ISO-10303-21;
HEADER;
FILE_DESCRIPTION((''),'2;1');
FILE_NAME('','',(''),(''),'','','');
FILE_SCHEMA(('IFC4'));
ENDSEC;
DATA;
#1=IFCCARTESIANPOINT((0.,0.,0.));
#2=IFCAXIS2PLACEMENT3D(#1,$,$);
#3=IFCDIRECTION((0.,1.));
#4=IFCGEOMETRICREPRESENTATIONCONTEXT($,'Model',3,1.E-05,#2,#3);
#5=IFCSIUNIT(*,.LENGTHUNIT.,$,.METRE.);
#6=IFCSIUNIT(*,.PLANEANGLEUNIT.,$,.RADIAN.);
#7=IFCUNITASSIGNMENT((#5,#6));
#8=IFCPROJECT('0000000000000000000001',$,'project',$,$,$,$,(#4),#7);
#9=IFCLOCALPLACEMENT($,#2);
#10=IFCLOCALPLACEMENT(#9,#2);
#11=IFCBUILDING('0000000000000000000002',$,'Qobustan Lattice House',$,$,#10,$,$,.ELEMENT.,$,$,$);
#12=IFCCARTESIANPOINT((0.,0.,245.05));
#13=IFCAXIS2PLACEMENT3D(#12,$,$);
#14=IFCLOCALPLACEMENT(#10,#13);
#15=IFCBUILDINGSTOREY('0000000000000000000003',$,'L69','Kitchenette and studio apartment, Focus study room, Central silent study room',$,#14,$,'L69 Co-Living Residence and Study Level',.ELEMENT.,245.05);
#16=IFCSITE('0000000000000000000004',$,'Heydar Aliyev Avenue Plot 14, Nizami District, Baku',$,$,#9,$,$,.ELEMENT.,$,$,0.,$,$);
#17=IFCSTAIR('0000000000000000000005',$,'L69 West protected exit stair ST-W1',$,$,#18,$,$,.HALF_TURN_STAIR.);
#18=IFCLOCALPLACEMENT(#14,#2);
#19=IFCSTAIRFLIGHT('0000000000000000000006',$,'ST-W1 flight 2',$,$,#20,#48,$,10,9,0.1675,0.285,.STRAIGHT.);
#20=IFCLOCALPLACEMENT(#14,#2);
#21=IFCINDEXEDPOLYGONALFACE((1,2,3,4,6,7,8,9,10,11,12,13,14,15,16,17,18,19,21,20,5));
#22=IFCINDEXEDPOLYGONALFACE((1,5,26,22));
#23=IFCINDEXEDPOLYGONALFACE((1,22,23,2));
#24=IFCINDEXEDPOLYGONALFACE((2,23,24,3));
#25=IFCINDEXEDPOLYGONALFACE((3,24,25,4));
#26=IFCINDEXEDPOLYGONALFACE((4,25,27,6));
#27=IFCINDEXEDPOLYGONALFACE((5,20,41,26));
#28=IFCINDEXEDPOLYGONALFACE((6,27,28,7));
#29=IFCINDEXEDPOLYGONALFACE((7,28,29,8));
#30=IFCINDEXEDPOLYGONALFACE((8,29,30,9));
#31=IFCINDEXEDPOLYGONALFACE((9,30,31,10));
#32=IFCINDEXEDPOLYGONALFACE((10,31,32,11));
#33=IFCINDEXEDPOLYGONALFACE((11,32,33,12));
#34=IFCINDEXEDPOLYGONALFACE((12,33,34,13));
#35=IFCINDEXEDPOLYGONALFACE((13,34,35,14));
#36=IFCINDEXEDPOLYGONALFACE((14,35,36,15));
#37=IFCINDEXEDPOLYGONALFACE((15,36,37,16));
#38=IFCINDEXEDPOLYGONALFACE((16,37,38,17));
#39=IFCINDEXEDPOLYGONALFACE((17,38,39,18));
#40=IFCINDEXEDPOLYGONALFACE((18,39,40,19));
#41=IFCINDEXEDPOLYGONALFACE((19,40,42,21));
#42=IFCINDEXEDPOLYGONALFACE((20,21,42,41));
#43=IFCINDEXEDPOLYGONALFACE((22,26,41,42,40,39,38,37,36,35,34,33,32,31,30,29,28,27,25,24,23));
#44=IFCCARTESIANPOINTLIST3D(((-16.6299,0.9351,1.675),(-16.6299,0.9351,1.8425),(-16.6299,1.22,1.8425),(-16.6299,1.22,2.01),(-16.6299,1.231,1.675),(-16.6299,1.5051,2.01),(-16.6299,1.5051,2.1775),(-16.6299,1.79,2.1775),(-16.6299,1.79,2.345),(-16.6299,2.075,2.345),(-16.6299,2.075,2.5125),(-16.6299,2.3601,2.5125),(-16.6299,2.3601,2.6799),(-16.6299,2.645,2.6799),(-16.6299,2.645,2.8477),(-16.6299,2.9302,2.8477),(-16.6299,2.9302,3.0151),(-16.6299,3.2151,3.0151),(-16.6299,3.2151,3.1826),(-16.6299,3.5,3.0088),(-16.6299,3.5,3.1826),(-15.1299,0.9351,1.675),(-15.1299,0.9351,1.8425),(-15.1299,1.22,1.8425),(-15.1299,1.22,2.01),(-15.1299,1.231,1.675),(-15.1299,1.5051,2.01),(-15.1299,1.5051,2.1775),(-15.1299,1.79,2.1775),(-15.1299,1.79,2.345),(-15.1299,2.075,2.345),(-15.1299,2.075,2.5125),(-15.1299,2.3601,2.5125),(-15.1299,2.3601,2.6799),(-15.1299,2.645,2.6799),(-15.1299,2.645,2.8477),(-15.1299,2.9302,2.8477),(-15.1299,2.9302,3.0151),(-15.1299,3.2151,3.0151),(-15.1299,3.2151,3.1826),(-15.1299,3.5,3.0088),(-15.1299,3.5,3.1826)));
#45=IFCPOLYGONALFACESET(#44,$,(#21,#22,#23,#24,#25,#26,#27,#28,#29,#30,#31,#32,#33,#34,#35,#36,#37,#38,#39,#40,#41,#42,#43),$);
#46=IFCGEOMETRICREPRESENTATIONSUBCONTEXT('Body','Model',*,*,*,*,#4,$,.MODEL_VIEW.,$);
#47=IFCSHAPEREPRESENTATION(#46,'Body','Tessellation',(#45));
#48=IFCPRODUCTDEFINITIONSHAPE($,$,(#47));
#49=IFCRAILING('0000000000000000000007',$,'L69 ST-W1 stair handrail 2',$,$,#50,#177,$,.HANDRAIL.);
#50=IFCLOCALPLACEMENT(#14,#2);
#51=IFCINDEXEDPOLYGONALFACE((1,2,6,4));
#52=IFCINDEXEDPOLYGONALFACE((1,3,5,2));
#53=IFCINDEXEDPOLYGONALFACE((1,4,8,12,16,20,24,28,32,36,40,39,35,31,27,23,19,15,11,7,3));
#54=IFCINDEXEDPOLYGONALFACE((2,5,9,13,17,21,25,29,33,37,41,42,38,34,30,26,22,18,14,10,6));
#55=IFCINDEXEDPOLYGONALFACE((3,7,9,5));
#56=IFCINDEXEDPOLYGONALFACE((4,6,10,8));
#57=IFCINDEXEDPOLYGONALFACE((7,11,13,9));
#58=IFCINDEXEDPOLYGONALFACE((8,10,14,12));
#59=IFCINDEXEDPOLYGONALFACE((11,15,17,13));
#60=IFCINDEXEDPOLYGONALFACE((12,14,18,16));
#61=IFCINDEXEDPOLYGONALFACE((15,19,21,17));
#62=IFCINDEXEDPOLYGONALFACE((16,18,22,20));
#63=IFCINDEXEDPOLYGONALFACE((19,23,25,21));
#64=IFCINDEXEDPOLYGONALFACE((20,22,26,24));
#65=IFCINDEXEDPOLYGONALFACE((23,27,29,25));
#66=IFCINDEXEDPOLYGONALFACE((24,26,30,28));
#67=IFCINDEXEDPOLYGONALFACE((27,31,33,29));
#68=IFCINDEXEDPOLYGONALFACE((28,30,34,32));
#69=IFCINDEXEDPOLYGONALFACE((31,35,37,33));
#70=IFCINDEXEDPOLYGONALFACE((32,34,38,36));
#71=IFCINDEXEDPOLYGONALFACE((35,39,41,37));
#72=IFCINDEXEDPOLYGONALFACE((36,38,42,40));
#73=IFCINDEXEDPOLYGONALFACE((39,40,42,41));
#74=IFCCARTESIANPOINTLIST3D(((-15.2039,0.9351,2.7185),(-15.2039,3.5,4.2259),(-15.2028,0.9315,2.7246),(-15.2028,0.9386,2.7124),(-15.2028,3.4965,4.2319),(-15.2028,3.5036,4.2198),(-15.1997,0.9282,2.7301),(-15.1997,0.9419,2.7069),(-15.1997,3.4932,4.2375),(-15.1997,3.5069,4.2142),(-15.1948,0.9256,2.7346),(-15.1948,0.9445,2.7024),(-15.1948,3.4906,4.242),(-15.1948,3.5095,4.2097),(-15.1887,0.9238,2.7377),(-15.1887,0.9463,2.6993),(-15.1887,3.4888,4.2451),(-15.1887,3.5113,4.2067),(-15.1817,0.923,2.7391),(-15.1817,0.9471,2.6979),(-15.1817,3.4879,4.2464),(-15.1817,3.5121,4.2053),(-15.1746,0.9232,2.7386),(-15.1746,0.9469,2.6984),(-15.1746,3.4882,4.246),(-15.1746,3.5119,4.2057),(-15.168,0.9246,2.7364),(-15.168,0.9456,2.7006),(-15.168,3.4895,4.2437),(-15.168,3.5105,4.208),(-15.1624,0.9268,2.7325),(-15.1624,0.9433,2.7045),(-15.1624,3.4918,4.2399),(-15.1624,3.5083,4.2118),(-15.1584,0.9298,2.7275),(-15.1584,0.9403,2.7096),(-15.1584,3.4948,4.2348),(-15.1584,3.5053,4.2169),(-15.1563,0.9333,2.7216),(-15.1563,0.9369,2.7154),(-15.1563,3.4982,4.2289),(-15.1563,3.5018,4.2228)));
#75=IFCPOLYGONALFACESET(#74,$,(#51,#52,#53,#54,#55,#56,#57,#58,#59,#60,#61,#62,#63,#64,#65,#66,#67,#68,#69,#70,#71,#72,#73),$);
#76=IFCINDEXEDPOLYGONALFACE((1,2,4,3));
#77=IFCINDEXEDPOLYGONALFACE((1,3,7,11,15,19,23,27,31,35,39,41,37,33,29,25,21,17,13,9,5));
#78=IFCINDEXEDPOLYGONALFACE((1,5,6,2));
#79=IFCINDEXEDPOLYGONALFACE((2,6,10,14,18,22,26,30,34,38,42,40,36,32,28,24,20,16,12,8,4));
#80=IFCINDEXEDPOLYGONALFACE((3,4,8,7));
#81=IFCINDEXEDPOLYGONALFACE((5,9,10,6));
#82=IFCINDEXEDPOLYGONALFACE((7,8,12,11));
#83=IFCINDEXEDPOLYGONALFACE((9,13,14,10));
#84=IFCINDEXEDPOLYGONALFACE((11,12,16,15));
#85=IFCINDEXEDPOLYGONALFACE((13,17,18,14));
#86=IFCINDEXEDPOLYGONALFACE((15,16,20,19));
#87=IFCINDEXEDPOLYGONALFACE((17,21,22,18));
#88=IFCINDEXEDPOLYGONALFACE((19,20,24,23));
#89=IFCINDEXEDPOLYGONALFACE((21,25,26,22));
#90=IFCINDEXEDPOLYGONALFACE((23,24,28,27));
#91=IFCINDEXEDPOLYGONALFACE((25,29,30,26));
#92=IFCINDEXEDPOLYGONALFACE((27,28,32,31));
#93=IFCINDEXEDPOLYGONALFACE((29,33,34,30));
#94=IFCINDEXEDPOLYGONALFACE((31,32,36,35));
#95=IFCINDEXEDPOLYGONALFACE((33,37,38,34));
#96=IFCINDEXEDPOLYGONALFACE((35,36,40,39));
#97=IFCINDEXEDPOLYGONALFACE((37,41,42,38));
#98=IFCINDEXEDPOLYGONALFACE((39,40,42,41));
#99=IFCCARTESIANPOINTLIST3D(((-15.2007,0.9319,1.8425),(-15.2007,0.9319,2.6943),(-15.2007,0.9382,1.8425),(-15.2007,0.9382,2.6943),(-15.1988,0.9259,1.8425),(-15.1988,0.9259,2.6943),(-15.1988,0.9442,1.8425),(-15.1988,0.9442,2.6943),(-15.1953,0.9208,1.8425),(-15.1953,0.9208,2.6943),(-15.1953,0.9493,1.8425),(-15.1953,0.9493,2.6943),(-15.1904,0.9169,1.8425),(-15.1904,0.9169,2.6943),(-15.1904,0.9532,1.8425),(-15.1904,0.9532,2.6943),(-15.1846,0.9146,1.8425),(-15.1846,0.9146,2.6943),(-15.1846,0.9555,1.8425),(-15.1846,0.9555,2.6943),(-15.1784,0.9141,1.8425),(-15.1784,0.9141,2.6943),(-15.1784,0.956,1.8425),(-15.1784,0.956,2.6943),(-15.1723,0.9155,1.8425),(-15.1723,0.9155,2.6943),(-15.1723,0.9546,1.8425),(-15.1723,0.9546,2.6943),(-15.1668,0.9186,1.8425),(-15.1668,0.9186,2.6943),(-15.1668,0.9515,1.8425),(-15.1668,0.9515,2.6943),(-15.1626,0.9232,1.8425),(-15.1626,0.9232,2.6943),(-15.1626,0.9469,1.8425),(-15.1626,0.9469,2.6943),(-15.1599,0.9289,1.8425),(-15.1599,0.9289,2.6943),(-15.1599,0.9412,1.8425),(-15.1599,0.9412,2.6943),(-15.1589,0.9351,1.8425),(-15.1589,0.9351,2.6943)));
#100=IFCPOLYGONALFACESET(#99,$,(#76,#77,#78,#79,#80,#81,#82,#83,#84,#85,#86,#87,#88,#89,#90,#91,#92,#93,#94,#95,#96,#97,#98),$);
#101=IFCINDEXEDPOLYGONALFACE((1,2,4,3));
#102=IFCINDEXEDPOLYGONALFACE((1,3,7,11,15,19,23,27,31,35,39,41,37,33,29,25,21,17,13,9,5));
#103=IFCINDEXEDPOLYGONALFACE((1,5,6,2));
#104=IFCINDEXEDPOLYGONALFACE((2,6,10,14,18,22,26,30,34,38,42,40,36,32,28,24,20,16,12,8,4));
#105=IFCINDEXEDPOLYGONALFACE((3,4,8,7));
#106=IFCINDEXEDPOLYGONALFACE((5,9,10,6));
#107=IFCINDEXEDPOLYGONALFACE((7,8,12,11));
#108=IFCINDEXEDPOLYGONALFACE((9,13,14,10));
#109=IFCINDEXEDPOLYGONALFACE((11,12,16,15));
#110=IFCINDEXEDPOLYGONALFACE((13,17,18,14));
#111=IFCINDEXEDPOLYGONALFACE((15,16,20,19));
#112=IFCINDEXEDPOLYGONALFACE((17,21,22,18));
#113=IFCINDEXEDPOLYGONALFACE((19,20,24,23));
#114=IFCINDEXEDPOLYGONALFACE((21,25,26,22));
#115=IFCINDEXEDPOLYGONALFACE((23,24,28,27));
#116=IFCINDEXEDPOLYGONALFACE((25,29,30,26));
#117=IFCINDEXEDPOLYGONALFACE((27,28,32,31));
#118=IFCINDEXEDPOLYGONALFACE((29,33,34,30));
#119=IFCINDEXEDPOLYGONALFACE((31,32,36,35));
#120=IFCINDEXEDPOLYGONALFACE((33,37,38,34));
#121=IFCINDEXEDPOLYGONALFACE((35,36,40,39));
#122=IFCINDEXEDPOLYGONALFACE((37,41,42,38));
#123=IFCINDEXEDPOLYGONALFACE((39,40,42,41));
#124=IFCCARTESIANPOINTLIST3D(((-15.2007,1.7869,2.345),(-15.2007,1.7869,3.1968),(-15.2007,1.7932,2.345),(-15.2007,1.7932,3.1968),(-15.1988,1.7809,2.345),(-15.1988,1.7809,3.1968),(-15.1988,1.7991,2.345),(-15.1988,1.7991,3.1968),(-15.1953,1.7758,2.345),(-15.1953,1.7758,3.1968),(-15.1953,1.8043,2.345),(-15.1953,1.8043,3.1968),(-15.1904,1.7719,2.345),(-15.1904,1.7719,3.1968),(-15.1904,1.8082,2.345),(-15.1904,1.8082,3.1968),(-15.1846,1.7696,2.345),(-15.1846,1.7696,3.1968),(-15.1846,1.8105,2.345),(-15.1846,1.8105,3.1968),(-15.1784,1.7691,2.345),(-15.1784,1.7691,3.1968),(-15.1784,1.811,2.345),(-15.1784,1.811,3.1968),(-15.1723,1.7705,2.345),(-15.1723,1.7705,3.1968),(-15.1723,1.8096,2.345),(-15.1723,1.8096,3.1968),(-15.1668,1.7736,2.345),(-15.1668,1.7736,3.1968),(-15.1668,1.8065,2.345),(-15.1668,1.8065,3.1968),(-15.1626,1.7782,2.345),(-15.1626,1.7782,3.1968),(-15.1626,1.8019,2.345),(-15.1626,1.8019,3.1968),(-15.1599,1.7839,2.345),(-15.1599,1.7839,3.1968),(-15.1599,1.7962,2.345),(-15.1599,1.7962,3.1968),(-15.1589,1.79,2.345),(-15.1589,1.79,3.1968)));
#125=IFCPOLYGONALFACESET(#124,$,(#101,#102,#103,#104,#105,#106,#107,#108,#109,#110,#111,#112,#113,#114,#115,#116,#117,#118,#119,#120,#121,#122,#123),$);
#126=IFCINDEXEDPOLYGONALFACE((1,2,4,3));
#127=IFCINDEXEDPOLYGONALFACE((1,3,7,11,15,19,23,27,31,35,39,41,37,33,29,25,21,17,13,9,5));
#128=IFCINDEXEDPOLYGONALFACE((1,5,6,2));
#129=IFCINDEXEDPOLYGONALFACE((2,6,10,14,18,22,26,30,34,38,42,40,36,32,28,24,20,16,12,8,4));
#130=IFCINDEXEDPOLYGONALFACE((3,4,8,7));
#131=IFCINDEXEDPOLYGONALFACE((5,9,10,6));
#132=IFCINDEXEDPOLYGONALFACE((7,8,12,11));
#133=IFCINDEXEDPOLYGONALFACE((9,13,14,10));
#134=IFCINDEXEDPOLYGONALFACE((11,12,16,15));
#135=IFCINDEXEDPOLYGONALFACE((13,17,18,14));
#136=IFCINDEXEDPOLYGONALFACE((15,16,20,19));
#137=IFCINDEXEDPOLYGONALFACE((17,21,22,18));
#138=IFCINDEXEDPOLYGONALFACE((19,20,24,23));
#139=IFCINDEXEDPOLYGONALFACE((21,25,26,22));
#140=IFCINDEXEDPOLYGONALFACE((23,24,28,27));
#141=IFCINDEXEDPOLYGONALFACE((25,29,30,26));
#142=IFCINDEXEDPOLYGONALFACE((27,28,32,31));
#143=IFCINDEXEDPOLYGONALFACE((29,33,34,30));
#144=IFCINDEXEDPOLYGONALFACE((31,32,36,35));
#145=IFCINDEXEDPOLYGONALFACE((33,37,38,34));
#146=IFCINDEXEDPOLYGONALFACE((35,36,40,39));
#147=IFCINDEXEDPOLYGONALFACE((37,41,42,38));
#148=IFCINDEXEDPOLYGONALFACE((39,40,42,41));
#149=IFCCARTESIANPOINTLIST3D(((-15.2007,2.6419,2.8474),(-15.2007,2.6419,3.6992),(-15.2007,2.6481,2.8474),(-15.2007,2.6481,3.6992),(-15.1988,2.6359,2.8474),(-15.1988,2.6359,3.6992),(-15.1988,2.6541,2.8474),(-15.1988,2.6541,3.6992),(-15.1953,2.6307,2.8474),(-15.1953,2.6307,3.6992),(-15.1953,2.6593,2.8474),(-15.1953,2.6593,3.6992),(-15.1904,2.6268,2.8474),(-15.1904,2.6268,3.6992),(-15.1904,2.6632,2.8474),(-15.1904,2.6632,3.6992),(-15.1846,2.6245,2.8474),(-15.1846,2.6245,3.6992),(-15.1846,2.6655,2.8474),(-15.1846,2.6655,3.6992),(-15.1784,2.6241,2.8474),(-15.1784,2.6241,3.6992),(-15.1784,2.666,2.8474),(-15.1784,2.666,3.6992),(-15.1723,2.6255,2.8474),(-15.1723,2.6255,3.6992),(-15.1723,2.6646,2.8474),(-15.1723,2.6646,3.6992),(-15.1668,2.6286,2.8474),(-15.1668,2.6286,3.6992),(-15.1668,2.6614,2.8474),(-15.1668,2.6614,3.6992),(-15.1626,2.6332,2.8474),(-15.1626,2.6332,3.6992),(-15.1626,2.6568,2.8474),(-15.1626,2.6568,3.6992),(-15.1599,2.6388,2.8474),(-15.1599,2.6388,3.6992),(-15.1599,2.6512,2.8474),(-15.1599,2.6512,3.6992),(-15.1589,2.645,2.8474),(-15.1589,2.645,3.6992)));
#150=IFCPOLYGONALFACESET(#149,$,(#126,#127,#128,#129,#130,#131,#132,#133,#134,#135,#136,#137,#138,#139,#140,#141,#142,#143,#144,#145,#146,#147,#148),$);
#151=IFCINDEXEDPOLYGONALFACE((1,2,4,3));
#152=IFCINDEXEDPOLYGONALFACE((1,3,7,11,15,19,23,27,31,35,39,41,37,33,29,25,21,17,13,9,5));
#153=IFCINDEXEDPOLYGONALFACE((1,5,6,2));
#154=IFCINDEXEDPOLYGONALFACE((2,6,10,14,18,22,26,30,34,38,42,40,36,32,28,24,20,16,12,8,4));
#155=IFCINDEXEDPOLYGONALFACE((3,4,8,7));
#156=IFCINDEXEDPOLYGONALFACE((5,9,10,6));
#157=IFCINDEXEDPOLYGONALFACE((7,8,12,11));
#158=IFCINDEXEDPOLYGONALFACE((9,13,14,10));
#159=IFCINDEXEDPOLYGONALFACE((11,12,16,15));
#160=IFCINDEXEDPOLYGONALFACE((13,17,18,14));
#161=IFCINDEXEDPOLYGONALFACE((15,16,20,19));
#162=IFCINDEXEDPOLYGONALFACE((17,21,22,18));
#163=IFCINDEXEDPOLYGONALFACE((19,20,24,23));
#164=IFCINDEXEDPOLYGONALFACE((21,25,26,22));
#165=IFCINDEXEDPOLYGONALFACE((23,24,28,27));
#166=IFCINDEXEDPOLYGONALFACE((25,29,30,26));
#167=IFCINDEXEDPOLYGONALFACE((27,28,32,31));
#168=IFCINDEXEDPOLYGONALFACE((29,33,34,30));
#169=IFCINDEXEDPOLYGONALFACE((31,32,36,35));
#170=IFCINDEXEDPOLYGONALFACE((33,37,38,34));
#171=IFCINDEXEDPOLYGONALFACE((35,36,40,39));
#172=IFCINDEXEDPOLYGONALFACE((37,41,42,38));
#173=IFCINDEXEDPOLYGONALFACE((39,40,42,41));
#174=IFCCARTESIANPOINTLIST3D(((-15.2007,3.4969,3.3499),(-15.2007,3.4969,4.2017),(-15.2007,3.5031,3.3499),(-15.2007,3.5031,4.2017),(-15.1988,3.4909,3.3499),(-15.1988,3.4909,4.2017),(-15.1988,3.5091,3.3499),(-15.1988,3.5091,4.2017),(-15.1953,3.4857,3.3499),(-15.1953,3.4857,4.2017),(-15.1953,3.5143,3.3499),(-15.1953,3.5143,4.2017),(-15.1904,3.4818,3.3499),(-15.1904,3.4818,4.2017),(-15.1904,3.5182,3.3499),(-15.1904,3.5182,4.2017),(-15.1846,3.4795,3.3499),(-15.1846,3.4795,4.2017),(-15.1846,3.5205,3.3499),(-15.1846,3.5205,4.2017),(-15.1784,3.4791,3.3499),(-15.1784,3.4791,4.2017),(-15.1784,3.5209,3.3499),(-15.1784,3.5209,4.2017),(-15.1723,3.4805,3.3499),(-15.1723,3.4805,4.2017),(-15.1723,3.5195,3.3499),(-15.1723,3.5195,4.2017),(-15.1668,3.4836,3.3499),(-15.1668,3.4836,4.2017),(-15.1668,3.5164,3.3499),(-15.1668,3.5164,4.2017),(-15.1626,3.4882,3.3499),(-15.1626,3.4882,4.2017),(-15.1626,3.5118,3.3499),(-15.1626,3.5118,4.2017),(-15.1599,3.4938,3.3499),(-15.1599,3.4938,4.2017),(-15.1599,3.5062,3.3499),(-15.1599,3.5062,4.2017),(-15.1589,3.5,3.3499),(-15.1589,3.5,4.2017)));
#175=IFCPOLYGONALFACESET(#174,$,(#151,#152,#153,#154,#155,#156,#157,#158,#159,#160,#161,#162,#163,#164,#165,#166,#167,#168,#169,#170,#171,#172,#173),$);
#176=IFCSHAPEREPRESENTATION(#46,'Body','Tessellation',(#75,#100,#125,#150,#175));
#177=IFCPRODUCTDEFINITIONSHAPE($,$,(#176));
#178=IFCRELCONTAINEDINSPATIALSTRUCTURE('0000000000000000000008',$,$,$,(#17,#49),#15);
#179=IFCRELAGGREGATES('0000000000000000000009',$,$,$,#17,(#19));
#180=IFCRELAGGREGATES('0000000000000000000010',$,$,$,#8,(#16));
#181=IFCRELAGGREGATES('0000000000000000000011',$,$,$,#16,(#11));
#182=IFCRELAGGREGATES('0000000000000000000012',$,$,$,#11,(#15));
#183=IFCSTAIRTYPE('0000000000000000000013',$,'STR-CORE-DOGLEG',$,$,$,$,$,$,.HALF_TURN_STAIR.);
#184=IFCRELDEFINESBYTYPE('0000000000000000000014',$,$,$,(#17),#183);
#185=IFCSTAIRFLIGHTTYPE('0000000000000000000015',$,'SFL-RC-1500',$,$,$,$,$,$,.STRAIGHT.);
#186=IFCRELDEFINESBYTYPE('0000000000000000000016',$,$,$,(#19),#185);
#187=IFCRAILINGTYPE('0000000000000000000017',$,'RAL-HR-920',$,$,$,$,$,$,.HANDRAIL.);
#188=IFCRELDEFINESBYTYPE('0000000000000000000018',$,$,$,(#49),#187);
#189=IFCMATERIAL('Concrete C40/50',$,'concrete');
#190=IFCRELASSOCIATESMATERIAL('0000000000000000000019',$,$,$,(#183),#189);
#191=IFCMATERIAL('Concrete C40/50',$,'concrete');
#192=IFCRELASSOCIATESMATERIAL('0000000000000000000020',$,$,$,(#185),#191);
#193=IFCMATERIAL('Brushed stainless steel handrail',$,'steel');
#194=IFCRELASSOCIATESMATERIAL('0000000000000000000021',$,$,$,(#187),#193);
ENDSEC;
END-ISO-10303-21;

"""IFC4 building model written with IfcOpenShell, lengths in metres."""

from ifc_helpers import new_model, si_unit, direction, frame, origin, origin_2d, place, context, subcontext, project, spatial, polyline, circle, outline, extrude, material, type_object, element, aggregate, save


model = new_model("IFC4")

# Units and contexts
model_context = context("Model", 3, precision=1e-05, world=origin(), true_north=direction((0.0, 1.0)))
body_context = subcontext(model_context, "Body", "Model", "MODEL_VIEW")
ifc_project = project(units=[si_unit("LENGTHUNIT", "METRE"), si_unit("PLANEANGLEUNIT", "RADIAN")], contexts=[model_context])

# Site, building, storey
site_placement = place(None, origin())
site = spatial("IfcSite", under=ifc_project, at=site_placement, Name="Heydar Aliyev Avenue Plot 14, Nizami District, Baku", CompositionType="ELEMENT", RefElevation=0.0)
building_placement = place(site_placement, origin())
building = spatial("IfcBuilding", under=site, at=building_placement, Name="Qobustan Lattice House", CompositionType="ELEMENT")
storey_placement = place(building_placement, frame((0.0, 0.0, 245.05)))
storey = spatial("IfcBuildingStorey", under=building, at=storey_placement, Name="L69", Description="Kitchenette and studio apartment, Focus study room, Central silent study room", LongName="L69 Co-Living Residence and Study Level", CompositionType="ELEMENT", Elevation=245.05)

# Stair, stair flight
ifc_material_1 = material(Name="Concrete C40/50", Category="concrete")
stair_type = type_object("IfcStairType", Name="STR-CORE-DOGLEG", PredefinedType="HALF_TURN_STAIR", material=ifc_material_1)
stair_placement = place(storey_placement, origin())
stair = element("IfcStair", 1, at=stair_placement, inside=storey, type_object=stair_type, Name="L69 West protected exit stair ST-W1", PredefinedType="HALF_TURN_STAIR")
ifc_material_2 = material(Name="Concrete C40/50", Category="concrete")
stair_flight_type = type_object("IfcStairFlightType", Name="SFL-RC-1500", PredefinedType="STRAIGHT", material=ifc_material_2)
stair_flight_placement = place(storey_placement, frame((-15.8799, 0.9351, 1.675), z_axis=(0.0, 0.0, 1.0), x_axis=(0.0, 1.0, 0.0)))
stair_flight = element("IfcStairFlight", 2, at=stair_flight_placement, type_object=stair_flight_type, Name="ST-W1 flight 2", NumberOfRisers=10, NumberOfTreads=9, PredefinedType="STRAIGHT", RiserHeight=0.1675, TreadLength=0.285, context=body_context, shape_type="SweptSolid", body=[
    extrude(outline(polyline([(0.0, 0.0), (0.0, 0.1675), (0.2849, 0.1675), (0.2849, 0.335), (0.5701, 0.335), (0.5701, 0.5024), (0.855, 0.5024), (0.855, 0.6699), (1.1399, 0.6699), (1.1399, 0.8374), (1.425, 0.8374), (1.425, 1.0049), (1.71, 1.0049), (1.71, 1.1726), (1.9951, 1.1726), (1.9951, 1.3401), (2.28, 1.3401), (2.28, 1.5076), (2.5649, 1.5076), (2.5649, 1.675), (2.5649, 1.3337), (0.2959, 0.0), (0.0, 0.0)])), frame((0.0, 0.75, 0.0), z_axis=(0.0, -1.0, 0.0), x_axis=(1.0, 0.0, 0.0)), (0.0, 0.0, 1.0), 1.5),
])
aggregate(stair, [stair_flight])

# Railing
ifc_material_3 = material(Name="Brushed stainless steel handrail", Category="steel")
railing_type_1 = type_object("IfcRailingType", Name="RAL-HR-920", PredefinedType="HANDRAIL", material=ifc_material_3)
railing_1_placement = place(storey_placement, frame((-15.1799, 0.9351, 1.8425)))
element("IfcRailing", 3, at=railing_1_placement, inside=storey, type_object=railing_type_1, Name="L69 ST-W1 stair handrail 2", PredefinedType="HANDRAIL", context=body_context, shape_type="SweptSolid", body=[
    extrude(circle(Radius=0.0239, at=origin_2d()), frame((0.0, 0.0, 0.876), z_axis=(0.0, 0.862149, 0.506654), x_axis=(-1.0, 0.0, 0.0)), (0.0, 0.0, 1.0), 2.9751),
    extrude(circle(Radius=0.021, at=origin_2d()), origin(), (0.0, 0.0, 1.0), 0.8518),
    extrude(circle(Radius=0.021, at=origin_2d()), frame((0.0, 0.855, 0.5024)), (0.0, 0.0, 1.0), 0.8518),
    extrude(circle(Radius=0.021, at=origin_2d()), frame((0.0, 1.71, 1.0049)), (0.0, 0.0, 1.0), 0.8518),
    extrude(circle(Radius=0.021, at=origin_2d()), frame((0.0, 2.5649, 1.5073)), (0.0, 0.0, 1.0), 0.8518),
])

save(model, "model.ifc")
